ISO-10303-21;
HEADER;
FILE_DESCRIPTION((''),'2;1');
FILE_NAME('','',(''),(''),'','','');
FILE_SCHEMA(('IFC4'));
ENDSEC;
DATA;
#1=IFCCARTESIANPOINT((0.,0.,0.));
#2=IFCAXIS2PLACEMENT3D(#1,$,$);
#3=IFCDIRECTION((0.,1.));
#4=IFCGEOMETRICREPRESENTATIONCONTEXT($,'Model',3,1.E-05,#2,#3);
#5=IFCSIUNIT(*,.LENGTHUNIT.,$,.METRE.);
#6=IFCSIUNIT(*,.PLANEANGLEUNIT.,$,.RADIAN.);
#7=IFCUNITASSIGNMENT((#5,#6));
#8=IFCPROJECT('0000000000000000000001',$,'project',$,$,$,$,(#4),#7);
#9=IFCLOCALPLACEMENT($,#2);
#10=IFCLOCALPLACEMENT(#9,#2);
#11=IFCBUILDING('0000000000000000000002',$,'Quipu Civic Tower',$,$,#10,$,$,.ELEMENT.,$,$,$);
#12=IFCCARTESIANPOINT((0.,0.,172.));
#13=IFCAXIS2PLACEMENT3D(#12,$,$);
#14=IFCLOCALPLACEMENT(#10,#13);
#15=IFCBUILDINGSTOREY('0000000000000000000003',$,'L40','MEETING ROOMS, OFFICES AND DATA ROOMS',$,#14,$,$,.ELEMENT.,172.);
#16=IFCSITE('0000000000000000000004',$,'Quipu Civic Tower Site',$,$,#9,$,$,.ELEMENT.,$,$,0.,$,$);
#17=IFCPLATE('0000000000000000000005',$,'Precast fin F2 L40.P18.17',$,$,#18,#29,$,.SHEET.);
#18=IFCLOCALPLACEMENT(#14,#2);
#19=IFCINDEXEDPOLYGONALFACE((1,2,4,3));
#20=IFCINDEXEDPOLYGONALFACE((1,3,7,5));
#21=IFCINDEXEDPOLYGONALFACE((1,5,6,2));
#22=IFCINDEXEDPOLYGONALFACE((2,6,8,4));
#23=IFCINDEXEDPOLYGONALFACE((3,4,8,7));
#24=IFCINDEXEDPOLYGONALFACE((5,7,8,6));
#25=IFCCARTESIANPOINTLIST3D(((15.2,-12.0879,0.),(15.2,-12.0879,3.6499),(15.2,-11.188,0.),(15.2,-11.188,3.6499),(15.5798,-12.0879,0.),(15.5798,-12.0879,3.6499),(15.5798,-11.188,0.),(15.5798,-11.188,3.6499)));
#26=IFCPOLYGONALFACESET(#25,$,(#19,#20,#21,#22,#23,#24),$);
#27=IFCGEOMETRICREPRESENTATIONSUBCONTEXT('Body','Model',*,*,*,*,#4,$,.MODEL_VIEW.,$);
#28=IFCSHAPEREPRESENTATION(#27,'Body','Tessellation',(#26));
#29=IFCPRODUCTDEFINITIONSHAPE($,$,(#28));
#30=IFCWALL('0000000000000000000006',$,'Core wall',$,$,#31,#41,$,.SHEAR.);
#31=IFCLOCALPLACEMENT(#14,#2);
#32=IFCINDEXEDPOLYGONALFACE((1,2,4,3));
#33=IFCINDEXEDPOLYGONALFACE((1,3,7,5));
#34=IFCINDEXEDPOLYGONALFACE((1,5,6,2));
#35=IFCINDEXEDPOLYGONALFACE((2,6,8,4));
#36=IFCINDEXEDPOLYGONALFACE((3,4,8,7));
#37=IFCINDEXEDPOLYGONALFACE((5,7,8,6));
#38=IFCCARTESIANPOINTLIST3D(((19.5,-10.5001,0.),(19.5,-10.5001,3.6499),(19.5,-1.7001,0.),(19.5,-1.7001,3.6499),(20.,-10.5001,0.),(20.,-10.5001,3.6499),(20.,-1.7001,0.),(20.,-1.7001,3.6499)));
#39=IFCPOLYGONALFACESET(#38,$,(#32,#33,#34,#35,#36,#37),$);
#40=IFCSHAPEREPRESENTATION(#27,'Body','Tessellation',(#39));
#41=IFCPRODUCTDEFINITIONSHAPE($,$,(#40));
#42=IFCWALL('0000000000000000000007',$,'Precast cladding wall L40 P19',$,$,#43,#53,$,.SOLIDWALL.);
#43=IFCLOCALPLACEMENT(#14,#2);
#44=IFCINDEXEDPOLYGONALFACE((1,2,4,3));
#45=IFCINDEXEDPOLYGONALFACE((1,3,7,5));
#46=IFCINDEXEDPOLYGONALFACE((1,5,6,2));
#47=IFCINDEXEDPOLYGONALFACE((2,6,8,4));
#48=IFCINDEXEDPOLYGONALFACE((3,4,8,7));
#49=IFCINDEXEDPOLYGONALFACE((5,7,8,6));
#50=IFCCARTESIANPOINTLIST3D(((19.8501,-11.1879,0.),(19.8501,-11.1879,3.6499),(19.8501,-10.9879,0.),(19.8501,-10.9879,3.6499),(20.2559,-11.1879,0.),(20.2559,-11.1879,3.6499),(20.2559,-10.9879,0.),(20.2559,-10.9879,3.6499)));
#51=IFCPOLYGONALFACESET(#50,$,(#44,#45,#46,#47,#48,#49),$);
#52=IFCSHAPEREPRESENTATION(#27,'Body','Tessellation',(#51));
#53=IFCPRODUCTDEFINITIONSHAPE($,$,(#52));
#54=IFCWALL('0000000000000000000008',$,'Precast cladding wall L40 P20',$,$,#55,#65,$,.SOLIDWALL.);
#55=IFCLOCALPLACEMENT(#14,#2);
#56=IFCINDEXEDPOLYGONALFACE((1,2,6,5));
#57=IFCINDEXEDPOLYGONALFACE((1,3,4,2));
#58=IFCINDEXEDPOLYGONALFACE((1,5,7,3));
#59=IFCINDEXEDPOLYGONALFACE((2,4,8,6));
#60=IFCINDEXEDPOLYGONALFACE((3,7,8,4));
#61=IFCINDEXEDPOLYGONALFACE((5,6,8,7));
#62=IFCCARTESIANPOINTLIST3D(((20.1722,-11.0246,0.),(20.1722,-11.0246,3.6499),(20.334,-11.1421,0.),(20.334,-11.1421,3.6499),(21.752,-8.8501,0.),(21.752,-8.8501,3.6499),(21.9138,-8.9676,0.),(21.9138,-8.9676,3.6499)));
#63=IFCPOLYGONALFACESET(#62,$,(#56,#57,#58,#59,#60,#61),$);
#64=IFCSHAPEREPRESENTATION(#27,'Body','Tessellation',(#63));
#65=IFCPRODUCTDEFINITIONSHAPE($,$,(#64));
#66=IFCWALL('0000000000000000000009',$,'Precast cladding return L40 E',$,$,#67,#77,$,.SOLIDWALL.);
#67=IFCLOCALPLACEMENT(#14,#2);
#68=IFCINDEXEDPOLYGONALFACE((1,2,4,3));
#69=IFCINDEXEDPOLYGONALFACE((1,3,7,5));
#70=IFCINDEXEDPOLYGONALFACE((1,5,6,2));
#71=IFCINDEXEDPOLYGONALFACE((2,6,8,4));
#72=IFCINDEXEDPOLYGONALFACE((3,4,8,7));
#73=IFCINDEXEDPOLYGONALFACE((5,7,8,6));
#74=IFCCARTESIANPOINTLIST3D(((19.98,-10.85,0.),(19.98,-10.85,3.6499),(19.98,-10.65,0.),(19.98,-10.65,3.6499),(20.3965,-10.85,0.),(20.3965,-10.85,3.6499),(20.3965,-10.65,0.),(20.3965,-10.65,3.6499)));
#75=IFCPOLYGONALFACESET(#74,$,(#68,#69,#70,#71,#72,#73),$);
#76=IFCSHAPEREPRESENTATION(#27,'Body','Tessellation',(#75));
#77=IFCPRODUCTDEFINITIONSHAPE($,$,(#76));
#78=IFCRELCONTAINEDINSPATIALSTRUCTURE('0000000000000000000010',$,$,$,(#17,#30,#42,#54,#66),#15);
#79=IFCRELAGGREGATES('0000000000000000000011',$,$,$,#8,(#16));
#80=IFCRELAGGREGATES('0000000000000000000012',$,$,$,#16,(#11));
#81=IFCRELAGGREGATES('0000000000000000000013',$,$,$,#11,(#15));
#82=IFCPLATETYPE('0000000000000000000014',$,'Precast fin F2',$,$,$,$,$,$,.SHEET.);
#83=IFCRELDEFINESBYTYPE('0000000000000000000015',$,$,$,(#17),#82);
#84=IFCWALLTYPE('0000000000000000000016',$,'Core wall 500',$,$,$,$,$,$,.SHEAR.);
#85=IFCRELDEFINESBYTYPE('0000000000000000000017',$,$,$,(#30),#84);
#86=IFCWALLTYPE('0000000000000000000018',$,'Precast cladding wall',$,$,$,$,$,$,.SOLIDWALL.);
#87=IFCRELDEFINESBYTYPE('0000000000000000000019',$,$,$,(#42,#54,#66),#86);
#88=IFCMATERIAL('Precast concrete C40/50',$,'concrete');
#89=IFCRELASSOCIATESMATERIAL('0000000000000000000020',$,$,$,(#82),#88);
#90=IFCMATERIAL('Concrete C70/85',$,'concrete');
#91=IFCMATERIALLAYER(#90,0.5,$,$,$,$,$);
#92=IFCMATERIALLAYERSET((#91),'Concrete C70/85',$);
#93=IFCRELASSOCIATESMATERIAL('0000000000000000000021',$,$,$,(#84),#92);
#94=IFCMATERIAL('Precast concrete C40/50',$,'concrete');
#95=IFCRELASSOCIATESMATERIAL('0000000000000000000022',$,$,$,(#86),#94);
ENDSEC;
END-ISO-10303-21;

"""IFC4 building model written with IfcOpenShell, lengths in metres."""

from ifc_helpers import new_model, si_unit, direction, frame, frame_2d, origin, origin_2d, place, context, subcontext, project, spatial, rectangle, extrude, material, layer, layer_set, type_object, element, save


model = new_model("IFC4")

# Units and contexts
model_context = context("Model", 3, precision=1e-05, world=origin(), true_north=direction((0.0, 1.0)))
body_context = subcontext(model_context, "Body", "Model", "MODEL_VIEW")
ifc_project = project(units=[si_unit("LENGTHUNIT", "METRE"), si_unit("PLANEANGLEUNIT", "RADIAN")], contexts=[model_context])

# Site, building, storey
site_placement = place(None, origin())
site = spatial("IfcSite", under=ifc_project, at=site_placement, Name="Quipu Civic Tower Site", CompositionType="ELEMENT", RefElevation=0.0)
building_placement = place(site_placement, origin())
building = spatial("IfcBuilding", under=site, at=building_placement, Name="Quipu Civic Tower", CompositionType="ELEMENT")
storey_placement = place(building_placement, frame((0.0, 0.0, 172.0)))
storey = spatial("IfcBuildingStorey", under=building, at=storey_placement, Name="L40", Description="MEETING ROOMS, OFFICES AND DATA ROOMS", CompositionType="ELEMENT", Elevation=172.0)

# Plate
ifc_material_1 = material(Name="Precast concrete C40/50", Category="concrete")
plate_type = type_object("IfcPlateType", Name="Precast fin F2", PredefinedType="SHEET", material=ifc_material_1)
plate_placement = place(storey_placement, frame((15.3899, -11.6379, 0.0), z_axis=(0.0, 0.0, 1.0), x_axis=(1.0, 0.0, 0.0)))
element("IfcPlate", 1, at=plate_placement, inside=storey, type_object=plate_type, Name="Precast fin F2 L40.P18.17", PredefinedType="SHEET", context=body_context, shape_type="SweptSolid", body=[
    extrude(rectangle(XDim=0.3799, YDim=0.8999, at=origin_2d()), origin(), (0.0, 0.0, 1.0), 3.6499),
])

# Walls
ifc_material_2 = material(Name="Concrete C70/85", Category="concrete")
ifc_layer = layer(ifc_material_2, 0.5)
ifc_layer_set = layer_set([ifc_layer], Name="Concrete C70/85")
wall_type_1 = type_object("IfcWallType", Name="Core wall 500", PredefinedType="SHEAR", material=ifc_layer_set)
wall_1_placement = place(storey_placement, frame((19.75, -10.5, 0.0), z_axis=(0.0, 0.0, 1.0), x_axis=(0.0, 1.0, 0.0)))
element("IfcWall", 2, at=wall_1_placement, inside=storey, type_object=wall_type_1, Name="Core wall", PredefinedType="SHEAR", context=body_context, shape_type="SweptSolid", body=[
    extrude(rectangle(XDim=8.8, YDim=0.5, at=frame_2d((4.3999, 0.0))), origin(), (0.0, 0.0, 1.0), 3.6499),
])
ifc_material_3 = material(Name="Precast concrete C40/50", Category="concrete")
wall_type_2 = type_object("IfcWallType", Name="Precast cladding wall", PredefinedType="SOLIDWALL", material=ifc_material_3)
wall_2_placement = place(storey_placement, frame((19.8501, -11.0879, 0.0), z_axis=(0.0, 0.0, 1.0), x_axis=(1.0, 0.0, 0.0)))
element("IfcWall", 3, at=wall_2_placement, inside=storey, type_object=wall_type_2, Name="Precast cladding wall L40 P19", PredefinedType="SOLIDWALL", context=body_context, shape_type="SweptSolid", body=[
    extrude(rectangle(XDim=0.4058, YDim=0.2, at=frame_2d((0.2029, 0.0))), origin(), (0.0, 0.0, 1.0), 3.6499),
])
wall_3_placement = place(storey_placement, frame((20.2532, -11.0833, 0.0), z_axis=(0.0, 0.0, 1.0), x_axis=(0.587767, 0.809031, 0.0)))
element("IfcWall", 4, at=wall_3_placement, inside=storey, type_object=wall_type_2, Name="Precast cladding wall L40 P20", PredefinedType="SOLIDWALL", context=body_context, shape_type="SweptSolid", body=[
    extrude(rectangle(XDim=2.6877, YDim=0.2, at=frame_2d((1.3438, 0.0))), origin(), (0.0, 0.0, 1.0), 3.6499),
])
wall_4_placement = place(storey_placement, frame((19.98, -10.75, 0.0), z_axis=(0.0, 0.0, 1.0), x_axis=(1.0, 0.0, 0.0)))
element("IfcWall", 5, at=wall_4_placement, inside=storey, type_object=wall_type_2, Name="Precast cladding return L40 E", PredefinedType="SOLIDWALL", context=body_context, shape_type="SweptSolid", body=[
    extrude(rectangle(XDim=0.4165, YDim=0.2, at=frame_2d((0.2083, 0.0))), origin(), (0.0, 0.0, 1.0), 3.6499),
])

save(model, "model.ifc")
